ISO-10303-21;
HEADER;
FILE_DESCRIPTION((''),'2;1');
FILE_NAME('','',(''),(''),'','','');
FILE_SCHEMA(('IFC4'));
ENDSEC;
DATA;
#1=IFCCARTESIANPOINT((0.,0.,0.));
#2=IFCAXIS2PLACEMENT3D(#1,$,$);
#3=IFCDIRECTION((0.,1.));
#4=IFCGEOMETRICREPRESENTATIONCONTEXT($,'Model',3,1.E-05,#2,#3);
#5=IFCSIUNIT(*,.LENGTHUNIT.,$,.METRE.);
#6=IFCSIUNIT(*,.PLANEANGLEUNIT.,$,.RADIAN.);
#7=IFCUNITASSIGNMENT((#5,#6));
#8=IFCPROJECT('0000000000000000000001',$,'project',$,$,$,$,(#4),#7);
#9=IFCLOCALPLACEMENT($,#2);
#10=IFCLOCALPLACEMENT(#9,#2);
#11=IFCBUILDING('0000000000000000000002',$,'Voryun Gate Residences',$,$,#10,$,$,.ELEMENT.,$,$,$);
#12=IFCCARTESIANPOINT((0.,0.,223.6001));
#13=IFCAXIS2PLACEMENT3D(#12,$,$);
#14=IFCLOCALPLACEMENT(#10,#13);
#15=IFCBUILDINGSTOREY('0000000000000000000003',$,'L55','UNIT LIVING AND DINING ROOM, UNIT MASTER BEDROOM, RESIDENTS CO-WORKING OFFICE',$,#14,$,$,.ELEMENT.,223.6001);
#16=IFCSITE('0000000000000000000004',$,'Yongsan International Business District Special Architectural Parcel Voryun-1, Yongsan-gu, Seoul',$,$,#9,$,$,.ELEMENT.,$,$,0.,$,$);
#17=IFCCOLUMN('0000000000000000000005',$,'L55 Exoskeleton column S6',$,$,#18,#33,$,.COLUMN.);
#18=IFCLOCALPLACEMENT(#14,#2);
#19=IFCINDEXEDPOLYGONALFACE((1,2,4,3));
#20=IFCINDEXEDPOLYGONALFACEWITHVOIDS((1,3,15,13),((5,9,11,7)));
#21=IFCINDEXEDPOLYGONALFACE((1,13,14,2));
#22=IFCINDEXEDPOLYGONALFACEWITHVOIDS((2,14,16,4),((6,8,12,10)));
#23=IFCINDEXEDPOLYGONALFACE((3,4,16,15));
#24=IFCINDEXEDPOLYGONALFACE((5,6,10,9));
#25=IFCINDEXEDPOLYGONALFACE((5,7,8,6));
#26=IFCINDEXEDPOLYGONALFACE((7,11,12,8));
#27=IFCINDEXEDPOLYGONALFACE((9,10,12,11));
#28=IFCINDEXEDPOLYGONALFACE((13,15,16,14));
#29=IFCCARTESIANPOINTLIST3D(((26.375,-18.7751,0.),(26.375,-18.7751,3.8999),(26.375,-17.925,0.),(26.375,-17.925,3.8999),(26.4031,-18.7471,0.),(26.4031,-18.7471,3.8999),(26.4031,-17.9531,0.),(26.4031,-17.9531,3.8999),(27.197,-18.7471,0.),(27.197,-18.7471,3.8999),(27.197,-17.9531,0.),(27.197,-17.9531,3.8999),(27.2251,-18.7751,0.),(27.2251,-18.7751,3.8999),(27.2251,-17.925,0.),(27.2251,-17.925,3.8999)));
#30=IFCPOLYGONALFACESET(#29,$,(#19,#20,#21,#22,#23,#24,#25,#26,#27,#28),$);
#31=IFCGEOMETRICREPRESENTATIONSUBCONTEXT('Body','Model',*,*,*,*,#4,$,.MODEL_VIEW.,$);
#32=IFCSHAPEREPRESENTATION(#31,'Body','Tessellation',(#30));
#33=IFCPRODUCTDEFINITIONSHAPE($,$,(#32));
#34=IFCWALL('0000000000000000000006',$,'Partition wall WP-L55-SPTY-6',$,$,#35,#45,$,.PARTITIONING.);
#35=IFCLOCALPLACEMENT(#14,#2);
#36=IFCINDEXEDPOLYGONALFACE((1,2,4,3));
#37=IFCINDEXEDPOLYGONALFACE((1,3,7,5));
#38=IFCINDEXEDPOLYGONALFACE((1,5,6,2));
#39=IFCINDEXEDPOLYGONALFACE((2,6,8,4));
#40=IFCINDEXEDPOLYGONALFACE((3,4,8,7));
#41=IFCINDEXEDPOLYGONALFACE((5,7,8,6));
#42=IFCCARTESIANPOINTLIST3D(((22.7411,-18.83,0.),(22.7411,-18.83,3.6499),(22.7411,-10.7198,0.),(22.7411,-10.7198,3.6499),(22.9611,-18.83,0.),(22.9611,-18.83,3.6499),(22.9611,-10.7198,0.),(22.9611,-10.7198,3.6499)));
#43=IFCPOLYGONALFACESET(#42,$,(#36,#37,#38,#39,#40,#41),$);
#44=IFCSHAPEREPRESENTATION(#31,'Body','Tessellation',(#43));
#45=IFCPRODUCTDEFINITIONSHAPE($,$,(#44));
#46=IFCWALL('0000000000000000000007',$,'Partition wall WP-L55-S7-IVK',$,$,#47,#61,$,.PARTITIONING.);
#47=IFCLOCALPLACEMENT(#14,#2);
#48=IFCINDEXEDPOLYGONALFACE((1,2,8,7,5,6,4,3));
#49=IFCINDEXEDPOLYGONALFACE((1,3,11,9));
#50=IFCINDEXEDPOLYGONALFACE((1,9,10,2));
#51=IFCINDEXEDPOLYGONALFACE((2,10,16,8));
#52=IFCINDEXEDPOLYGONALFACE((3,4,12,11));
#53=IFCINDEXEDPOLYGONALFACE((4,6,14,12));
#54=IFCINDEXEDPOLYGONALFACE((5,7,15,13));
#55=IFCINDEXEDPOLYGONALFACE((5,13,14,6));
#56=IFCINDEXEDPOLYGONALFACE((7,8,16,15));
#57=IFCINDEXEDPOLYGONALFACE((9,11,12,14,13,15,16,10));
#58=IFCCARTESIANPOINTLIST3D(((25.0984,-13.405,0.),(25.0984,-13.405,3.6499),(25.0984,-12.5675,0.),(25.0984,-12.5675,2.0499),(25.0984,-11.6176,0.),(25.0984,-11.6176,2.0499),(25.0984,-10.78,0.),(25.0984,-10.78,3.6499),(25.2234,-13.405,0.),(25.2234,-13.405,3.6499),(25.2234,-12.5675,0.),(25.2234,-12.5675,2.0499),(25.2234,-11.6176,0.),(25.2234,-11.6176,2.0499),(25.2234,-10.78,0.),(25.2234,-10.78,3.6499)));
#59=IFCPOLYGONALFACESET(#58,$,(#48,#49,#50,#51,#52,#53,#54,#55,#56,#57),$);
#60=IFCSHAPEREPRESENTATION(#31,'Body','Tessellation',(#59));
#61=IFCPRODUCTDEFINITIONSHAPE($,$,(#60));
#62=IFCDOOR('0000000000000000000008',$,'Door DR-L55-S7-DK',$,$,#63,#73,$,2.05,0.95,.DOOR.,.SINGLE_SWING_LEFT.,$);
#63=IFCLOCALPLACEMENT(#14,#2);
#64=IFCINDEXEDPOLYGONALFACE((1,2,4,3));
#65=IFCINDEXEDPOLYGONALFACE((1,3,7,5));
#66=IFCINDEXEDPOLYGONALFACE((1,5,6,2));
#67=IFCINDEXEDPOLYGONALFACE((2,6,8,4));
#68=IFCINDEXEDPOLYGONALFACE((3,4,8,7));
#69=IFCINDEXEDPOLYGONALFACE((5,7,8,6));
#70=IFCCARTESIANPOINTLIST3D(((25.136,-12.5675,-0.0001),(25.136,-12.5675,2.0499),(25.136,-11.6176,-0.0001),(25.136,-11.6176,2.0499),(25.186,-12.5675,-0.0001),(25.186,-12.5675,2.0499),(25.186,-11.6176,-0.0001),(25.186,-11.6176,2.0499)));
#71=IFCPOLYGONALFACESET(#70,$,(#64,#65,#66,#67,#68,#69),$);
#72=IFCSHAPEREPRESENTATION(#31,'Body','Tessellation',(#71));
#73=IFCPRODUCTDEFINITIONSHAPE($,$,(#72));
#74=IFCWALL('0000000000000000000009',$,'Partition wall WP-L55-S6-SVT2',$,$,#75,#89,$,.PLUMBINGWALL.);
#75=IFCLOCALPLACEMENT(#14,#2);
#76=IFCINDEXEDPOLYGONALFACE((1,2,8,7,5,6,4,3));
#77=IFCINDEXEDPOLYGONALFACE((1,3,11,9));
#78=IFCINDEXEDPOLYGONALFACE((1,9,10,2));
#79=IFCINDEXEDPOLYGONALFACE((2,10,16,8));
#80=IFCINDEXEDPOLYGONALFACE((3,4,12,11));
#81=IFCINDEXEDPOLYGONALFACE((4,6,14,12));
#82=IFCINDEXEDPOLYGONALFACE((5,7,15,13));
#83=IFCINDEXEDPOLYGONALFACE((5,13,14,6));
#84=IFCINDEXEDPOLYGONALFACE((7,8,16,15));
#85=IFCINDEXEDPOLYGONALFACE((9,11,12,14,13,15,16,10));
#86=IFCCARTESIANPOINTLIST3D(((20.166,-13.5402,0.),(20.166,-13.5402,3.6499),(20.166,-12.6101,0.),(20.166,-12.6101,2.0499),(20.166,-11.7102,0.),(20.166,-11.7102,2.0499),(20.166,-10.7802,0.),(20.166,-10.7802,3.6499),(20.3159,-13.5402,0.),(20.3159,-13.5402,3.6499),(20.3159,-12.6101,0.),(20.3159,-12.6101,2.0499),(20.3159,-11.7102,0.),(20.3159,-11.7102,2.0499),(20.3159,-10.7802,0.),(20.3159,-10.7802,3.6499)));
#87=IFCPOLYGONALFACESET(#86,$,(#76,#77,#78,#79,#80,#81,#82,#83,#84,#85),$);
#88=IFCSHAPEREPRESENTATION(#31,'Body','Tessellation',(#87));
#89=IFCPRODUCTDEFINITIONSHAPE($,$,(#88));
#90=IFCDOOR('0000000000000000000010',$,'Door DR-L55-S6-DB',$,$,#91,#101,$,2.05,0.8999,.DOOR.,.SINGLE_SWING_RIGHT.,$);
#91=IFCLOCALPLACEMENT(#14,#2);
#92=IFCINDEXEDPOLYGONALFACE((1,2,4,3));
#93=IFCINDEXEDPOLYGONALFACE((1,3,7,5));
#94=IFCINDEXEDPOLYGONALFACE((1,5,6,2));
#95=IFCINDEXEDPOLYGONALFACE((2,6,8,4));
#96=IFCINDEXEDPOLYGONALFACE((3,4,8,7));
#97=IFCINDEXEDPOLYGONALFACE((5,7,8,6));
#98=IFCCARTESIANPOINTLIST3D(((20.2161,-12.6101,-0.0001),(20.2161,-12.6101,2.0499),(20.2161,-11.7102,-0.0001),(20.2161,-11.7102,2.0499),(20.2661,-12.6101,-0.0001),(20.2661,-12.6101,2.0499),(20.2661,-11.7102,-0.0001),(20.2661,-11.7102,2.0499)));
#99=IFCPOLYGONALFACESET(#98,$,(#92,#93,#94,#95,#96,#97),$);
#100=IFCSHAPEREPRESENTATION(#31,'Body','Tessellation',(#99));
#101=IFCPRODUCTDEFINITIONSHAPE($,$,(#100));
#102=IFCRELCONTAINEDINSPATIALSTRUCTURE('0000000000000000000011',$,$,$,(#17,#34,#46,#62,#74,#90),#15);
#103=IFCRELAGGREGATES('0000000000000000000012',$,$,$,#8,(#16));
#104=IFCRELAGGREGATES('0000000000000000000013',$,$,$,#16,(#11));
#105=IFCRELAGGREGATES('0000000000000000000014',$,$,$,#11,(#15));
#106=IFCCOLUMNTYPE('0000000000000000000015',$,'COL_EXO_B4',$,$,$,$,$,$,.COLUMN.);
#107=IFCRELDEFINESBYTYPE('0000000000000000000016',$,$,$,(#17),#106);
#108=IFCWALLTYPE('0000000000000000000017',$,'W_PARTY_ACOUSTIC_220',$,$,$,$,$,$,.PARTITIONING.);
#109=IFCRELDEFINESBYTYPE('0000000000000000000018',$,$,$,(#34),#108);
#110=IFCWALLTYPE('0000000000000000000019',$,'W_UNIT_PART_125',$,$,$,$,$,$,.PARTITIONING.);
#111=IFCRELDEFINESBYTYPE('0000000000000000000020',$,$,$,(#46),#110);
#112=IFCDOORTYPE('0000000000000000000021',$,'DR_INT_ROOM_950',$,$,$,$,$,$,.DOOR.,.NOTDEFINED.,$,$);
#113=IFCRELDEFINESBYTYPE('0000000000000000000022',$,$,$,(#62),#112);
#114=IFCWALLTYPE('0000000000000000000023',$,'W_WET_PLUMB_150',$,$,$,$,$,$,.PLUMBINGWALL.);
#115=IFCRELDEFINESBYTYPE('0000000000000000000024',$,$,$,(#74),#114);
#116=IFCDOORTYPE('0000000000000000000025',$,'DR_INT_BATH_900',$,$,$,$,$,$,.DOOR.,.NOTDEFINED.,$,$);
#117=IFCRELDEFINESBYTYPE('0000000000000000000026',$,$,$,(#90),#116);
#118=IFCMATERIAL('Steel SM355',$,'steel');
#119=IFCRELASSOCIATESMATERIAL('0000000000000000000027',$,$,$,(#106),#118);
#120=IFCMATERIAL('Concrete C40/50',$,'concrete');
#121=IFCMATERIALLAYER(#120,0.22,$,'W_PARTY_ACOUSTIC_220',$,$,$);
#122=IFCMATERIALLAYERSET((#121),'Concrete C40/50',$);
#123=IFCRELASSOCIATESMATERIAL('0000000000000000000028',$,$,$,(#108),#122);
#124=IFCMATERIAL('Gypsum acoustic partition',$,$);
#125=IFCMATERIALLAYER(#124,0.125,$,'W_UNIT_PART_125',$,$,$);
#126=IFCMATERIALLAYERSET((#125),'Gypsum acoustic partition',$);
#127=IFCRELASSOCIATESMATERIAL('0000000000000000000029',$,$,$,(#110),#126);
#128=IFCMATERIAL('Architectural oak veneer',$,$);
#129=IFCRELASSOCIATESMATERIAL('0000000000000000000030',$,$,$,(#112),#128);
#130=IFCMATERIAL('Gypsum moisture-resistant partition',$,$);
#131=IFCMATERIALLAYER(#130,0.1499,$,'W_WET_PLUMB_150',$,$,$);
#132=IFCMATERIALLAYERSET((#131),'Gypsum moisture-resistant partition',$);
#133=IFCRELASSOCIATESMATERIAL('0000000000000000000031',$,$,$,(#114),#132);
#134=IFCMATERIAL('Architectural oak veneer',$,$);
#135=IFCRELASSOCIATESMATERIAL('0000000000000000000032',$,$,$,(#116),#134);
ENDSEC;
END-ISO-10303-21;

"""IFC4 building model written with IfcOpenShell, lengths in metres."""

from ifc_helpers import new_model, si_unit, direction, frame, frame_2d, origin, origin_2d, place, context, subcontext, project, spatial, rectangle, hollow_rectangle, extrude, material, layer, layer_set, material_profile, profile_set, type_object, element, fill, save


model = new_model("IFC4")

# Units and contexts
model_context = context("Model", 3, precision=1e-05, world=origin(), true_north=direction((0.0, 1.0)))
body_context = subcontext(model_context, "Body", "Model", "MODEL_VIEW")
ifc_project = project(units=[si_unit("LENGTHUNIT", "METRE"), si_unit("PLANEANGLEUNIT", "RADIAN")], contexts=[model_context])

# Site, building, storey
site_placement = place(None, origin())
site = spatial("IfcSite", under=ifc_project, at=site_placement, Name="Yongsan International Business District Special Architectural Parcel Voryun-1, Yongsan-gu, Seoul", CompositionType="ELEMENT", RefElevation=0.0)
building_placement = place(site_placement, origin())
building = spatial("IfcBuilding", under=site, at=building_placement, Name="Voryun Gate Residences", CompositionType="ELEMENT")
storey_placement = place(building_placement, frame((0.0, 0.0, 223.6001)))
storey = spatial("IfcBuildingStorey", under=building, at=storey_placement, Name="L55", Description="UNIT LIVING AND DINING ROOM, UNIT MASTER BEDROOM, RESIDENTS CO-WORKING OFFICE", CompositionType="ELEMENT", Elevation=223.6001)

# Column
ifc_material_1 = material(Name="Steel SM355", Category="steel")
ifc_material_profile = material_profile(ifc_material_1, hollow_rectangle(XDim=0.8501, YDim=0.8501, WallThickness=0.0281, at=origin_2d()), Name="BOX-850x850x28")
ifc_profile_set = profile_set([ifc_material_profile], Name="Steel SM355")
column_type = type_object("IfcColumnType", Name="COL_EXO_B4", PredefinedType="COLUMN", material=ifc_profile_set)
column_placement = place(storey_placement, frame((26.8, -18.3501, 0.0), z_axis=(0.0, 0.0, 1.0), x_axis=(1.0, 0.0, 0.0)))
element("IfcColumn", 1, at=column_placement, inside=storey, type_object=column_type, Name="L55 Exoskeleton column S6", PredefinedType="COLUMN", context=body_context, shape_type="SweptSolid", body=[
    extrude(hollow_rectangle(XDim=0.8501, YDim=0.8501, WallThickness=0.0281, at=origin_2d()), origin(), (0.0, 0.0, 1.0), 3.8999),
])

# Wall
ifc_material_2 = material(Name="Concrete C40/50", Category="concrete")
ifc_layer_1 = layer(ifc_material_2, 0.22, Name="W_PARTY_ACOUSTIC_220")
ifc_layer_set_1 = layer_set([ifc_layer_1], Name="Concrete C40/50")
wall_type_1 = type_object("IfcWallType", Name="W_PARTY_ACOUSTIC_220", PredefinedType="PARTITIONING", material=ifc_layer_set_1)
wall_1_placement = place(storey_placement, frame((22.8511, -18.8301, 0.0), z_axis=(0.0, 0.0, 1.0), x_axis=(0.0, 1.0, 0.0)))
element("IfcWall", 2, at=wall_1_placement, inside=storey, type_object=wall_type_1, Name="Partition wall WP-L55-SPTY-6", PredefinedType="PARTITIONING", context=body_context, shape_type="SweptSolid", body=[
    extrude(rectangle(XDim=8.1101, YDim=0.22, at=frame_2d((4.0552, 0.0))), origin(), (0.0, 0.0, 1.0), 3.6499),
])

# Walls, openings, doors
ifc_material_3 = material(Name="Gypsum acoustic partition")
ifc_layer_2 = layer(ifc_material_3, 0.125, Name="W_UNIT_PART_125")
ifc_layer_set_2 = layer_set([ifc_layer_2], Name="Gypsum acoustic partition")
wall_type_2 = type_object("IfcWallType", Name="W_UNIT_PART_125", PredefinedType="PARTITIONING", material=ifc_layer_set_2)
wall_2_placement = place(storey_placement, frame((25.1609, -13.405, 0.0), z_axis=(0.0, 0.0, 1.0), x_axis=(0.0, 1.0, 0.0)))
wall_2 = element("IfcWall", 3, at=wall_2_placement, inside=storey, type_object=wall_type_2, Name="Partition wall WP-L55-S7-IVK", PredefinedType="PARTITIONING", context=body_context, shape_type="SweptSolid", body=[
    extrude(rectangle(XDim=2.625, YDim=0.125, at=frame_2d((1.3125, 0.0))), origin(), (0.0, 0.0, 1.0), 3.6499),
])
opening_1_placement = place(wall_2_placement, frame((0.8374, 0.0, 0.0)))
opening_1 = element("IfcOpeningElement", 4, at=opening_1_placement, cuts=wall_2, PredefinedType="OPENING", context=body_context, shape_type="SweptSolid", body=[
    extrude(rectangle(XDim=0.95, YDim=2.05, at=frame_2d((0.4751, 1.0249))), frame((0.0, 0.0725, 0.0), z_axis=(0.0, -1.0, 0.0), x_axis=(1.0, 0.0, 0.0)), (0.0, 0.0, 1.0), 0.145),
])
ifc_material_4 = material(Name="Architectural oak veneer")
door_type_1 = type_object("IfcDoorType", Name="DR_INT_ROOM_950", OperationType="NOTDEFINED", PredefinedType="DOOR", material=ifc_material_4)
door_1_placement = place(opening_1_placement, origin())
door_1 = element("IfcDoor", 5, at=door_1_placement, inside=storey, type_object=door_type_1, Name="Door DR-L55-S7-DK", OperationType="SINGLE_SWING_LEFT", OverallHeight=2.05, OverallWidth=0.95, PredefinedType="DOOR", context=body_context, shape_type="SweptSolid", body=[
    extrude(rectangle(XDim=0.95, YDim=2.05, at=frame_2d((0.4751, 1.0249))), frame((0.0, 0.0249, 0.0), z_axis=(0.0, -1.0, 0.0), x_axis=(1.0, 0.0, 0.0)), (0.0, 0.0, 1.0), 0.05),
])
fill(opening_1, door_1)
ifc_material_5 = material(Name="Gypsum moisture-resistant partition")
ifc_layer_3 = layer(ifc_material_5, 0.1499, Name="W_WET_PLUMB_150")
ifc_layer_set_3 = layer_set([ifc_layer_3], Name="Gypsum moisture-resistant partition")
wall_type_3 = type_object("IfcWallType", Name="W_WET_PLUMB_150", PredefinedType="PLUMBINGWALL", material=ifc_layer_set_3)
wall_3_placement = place(storey_placement, frame((20.241, -13.54, 0.0), z_axis=(0.0, 0.0, 1.0), x_axis=(0.0, 1.0, 0.0)))
wall_3 = element("IfcWall", 6, at=wall_3_placement, inside=storey, type_object=wall_type_3, Name="Partition wall WP-L55-S6-SVT2", PredefinedType="PLUMBINGWALL", context=body_context, shape_type="SweptSolid", body=[
    extrude(rectangle(XDim=2.76, YDim=0.1499, at=frame_2d((1.3799, 0.0))), origin(), (0.0, 0.0, 1.0), 3.6499),
])
opening_2_placement = place(wall_3_placement, frame((0.9299, 0.0, 0.0)))
opening_2 = element("IfcOpeningElement", 7, at=opening_2_placement, cuts=wall_3, PredefinedType="OPENING", context=body_context, shape_type="SweptSolid", body=[
    extrude(rectangle(XDim=0.8999, YDim=2.05, at=frame_2d((0.45, 1.0249))), frame((0.0, 0.085, 0.0), z_axis=(0.0, -1.0, 0.0), x_axis=(1.0, 0.0, 0.0)), (0.0, 0.0, 1.0), 0.1699),
])
ifc_material_6 = material(Name="Architectural oak veneer")
door_type_2 = type_object("IfcDoorType", Name="DR_INT_BATH_900", OperationType="NOTDEFINED", PredefinedType="DOOR", material=ifc_material_6)
door_2_placement = place(opening_2_placement, origin())
door_2 = element("IfcDoor", 8, at=door_2_placement, inside=storey, type_object=door_type_2, Name="Door DR-L55-S6-DB", OperationType="SINGLE_SWING_RIGHT", OverallHeight=2.05, OverallWidth=0.8999, PredefinedType="DOOR", context=body_context, shape_type="SweptSolid", body=[
    extrude(rectangle(XDim=0.8999, YDim=2.05, at=frame_2d((0.45, 1.0249))), frame((0.0, 0.0249, 0.0), z_axis=(0.0, -1.0, 0.0), x_axis=(1.0, 0.0, 0.0)), (0.0, 0.0, 1.0), 0.05),
])
fill(opening_2, door_2)

save(model, "model.ifc")
